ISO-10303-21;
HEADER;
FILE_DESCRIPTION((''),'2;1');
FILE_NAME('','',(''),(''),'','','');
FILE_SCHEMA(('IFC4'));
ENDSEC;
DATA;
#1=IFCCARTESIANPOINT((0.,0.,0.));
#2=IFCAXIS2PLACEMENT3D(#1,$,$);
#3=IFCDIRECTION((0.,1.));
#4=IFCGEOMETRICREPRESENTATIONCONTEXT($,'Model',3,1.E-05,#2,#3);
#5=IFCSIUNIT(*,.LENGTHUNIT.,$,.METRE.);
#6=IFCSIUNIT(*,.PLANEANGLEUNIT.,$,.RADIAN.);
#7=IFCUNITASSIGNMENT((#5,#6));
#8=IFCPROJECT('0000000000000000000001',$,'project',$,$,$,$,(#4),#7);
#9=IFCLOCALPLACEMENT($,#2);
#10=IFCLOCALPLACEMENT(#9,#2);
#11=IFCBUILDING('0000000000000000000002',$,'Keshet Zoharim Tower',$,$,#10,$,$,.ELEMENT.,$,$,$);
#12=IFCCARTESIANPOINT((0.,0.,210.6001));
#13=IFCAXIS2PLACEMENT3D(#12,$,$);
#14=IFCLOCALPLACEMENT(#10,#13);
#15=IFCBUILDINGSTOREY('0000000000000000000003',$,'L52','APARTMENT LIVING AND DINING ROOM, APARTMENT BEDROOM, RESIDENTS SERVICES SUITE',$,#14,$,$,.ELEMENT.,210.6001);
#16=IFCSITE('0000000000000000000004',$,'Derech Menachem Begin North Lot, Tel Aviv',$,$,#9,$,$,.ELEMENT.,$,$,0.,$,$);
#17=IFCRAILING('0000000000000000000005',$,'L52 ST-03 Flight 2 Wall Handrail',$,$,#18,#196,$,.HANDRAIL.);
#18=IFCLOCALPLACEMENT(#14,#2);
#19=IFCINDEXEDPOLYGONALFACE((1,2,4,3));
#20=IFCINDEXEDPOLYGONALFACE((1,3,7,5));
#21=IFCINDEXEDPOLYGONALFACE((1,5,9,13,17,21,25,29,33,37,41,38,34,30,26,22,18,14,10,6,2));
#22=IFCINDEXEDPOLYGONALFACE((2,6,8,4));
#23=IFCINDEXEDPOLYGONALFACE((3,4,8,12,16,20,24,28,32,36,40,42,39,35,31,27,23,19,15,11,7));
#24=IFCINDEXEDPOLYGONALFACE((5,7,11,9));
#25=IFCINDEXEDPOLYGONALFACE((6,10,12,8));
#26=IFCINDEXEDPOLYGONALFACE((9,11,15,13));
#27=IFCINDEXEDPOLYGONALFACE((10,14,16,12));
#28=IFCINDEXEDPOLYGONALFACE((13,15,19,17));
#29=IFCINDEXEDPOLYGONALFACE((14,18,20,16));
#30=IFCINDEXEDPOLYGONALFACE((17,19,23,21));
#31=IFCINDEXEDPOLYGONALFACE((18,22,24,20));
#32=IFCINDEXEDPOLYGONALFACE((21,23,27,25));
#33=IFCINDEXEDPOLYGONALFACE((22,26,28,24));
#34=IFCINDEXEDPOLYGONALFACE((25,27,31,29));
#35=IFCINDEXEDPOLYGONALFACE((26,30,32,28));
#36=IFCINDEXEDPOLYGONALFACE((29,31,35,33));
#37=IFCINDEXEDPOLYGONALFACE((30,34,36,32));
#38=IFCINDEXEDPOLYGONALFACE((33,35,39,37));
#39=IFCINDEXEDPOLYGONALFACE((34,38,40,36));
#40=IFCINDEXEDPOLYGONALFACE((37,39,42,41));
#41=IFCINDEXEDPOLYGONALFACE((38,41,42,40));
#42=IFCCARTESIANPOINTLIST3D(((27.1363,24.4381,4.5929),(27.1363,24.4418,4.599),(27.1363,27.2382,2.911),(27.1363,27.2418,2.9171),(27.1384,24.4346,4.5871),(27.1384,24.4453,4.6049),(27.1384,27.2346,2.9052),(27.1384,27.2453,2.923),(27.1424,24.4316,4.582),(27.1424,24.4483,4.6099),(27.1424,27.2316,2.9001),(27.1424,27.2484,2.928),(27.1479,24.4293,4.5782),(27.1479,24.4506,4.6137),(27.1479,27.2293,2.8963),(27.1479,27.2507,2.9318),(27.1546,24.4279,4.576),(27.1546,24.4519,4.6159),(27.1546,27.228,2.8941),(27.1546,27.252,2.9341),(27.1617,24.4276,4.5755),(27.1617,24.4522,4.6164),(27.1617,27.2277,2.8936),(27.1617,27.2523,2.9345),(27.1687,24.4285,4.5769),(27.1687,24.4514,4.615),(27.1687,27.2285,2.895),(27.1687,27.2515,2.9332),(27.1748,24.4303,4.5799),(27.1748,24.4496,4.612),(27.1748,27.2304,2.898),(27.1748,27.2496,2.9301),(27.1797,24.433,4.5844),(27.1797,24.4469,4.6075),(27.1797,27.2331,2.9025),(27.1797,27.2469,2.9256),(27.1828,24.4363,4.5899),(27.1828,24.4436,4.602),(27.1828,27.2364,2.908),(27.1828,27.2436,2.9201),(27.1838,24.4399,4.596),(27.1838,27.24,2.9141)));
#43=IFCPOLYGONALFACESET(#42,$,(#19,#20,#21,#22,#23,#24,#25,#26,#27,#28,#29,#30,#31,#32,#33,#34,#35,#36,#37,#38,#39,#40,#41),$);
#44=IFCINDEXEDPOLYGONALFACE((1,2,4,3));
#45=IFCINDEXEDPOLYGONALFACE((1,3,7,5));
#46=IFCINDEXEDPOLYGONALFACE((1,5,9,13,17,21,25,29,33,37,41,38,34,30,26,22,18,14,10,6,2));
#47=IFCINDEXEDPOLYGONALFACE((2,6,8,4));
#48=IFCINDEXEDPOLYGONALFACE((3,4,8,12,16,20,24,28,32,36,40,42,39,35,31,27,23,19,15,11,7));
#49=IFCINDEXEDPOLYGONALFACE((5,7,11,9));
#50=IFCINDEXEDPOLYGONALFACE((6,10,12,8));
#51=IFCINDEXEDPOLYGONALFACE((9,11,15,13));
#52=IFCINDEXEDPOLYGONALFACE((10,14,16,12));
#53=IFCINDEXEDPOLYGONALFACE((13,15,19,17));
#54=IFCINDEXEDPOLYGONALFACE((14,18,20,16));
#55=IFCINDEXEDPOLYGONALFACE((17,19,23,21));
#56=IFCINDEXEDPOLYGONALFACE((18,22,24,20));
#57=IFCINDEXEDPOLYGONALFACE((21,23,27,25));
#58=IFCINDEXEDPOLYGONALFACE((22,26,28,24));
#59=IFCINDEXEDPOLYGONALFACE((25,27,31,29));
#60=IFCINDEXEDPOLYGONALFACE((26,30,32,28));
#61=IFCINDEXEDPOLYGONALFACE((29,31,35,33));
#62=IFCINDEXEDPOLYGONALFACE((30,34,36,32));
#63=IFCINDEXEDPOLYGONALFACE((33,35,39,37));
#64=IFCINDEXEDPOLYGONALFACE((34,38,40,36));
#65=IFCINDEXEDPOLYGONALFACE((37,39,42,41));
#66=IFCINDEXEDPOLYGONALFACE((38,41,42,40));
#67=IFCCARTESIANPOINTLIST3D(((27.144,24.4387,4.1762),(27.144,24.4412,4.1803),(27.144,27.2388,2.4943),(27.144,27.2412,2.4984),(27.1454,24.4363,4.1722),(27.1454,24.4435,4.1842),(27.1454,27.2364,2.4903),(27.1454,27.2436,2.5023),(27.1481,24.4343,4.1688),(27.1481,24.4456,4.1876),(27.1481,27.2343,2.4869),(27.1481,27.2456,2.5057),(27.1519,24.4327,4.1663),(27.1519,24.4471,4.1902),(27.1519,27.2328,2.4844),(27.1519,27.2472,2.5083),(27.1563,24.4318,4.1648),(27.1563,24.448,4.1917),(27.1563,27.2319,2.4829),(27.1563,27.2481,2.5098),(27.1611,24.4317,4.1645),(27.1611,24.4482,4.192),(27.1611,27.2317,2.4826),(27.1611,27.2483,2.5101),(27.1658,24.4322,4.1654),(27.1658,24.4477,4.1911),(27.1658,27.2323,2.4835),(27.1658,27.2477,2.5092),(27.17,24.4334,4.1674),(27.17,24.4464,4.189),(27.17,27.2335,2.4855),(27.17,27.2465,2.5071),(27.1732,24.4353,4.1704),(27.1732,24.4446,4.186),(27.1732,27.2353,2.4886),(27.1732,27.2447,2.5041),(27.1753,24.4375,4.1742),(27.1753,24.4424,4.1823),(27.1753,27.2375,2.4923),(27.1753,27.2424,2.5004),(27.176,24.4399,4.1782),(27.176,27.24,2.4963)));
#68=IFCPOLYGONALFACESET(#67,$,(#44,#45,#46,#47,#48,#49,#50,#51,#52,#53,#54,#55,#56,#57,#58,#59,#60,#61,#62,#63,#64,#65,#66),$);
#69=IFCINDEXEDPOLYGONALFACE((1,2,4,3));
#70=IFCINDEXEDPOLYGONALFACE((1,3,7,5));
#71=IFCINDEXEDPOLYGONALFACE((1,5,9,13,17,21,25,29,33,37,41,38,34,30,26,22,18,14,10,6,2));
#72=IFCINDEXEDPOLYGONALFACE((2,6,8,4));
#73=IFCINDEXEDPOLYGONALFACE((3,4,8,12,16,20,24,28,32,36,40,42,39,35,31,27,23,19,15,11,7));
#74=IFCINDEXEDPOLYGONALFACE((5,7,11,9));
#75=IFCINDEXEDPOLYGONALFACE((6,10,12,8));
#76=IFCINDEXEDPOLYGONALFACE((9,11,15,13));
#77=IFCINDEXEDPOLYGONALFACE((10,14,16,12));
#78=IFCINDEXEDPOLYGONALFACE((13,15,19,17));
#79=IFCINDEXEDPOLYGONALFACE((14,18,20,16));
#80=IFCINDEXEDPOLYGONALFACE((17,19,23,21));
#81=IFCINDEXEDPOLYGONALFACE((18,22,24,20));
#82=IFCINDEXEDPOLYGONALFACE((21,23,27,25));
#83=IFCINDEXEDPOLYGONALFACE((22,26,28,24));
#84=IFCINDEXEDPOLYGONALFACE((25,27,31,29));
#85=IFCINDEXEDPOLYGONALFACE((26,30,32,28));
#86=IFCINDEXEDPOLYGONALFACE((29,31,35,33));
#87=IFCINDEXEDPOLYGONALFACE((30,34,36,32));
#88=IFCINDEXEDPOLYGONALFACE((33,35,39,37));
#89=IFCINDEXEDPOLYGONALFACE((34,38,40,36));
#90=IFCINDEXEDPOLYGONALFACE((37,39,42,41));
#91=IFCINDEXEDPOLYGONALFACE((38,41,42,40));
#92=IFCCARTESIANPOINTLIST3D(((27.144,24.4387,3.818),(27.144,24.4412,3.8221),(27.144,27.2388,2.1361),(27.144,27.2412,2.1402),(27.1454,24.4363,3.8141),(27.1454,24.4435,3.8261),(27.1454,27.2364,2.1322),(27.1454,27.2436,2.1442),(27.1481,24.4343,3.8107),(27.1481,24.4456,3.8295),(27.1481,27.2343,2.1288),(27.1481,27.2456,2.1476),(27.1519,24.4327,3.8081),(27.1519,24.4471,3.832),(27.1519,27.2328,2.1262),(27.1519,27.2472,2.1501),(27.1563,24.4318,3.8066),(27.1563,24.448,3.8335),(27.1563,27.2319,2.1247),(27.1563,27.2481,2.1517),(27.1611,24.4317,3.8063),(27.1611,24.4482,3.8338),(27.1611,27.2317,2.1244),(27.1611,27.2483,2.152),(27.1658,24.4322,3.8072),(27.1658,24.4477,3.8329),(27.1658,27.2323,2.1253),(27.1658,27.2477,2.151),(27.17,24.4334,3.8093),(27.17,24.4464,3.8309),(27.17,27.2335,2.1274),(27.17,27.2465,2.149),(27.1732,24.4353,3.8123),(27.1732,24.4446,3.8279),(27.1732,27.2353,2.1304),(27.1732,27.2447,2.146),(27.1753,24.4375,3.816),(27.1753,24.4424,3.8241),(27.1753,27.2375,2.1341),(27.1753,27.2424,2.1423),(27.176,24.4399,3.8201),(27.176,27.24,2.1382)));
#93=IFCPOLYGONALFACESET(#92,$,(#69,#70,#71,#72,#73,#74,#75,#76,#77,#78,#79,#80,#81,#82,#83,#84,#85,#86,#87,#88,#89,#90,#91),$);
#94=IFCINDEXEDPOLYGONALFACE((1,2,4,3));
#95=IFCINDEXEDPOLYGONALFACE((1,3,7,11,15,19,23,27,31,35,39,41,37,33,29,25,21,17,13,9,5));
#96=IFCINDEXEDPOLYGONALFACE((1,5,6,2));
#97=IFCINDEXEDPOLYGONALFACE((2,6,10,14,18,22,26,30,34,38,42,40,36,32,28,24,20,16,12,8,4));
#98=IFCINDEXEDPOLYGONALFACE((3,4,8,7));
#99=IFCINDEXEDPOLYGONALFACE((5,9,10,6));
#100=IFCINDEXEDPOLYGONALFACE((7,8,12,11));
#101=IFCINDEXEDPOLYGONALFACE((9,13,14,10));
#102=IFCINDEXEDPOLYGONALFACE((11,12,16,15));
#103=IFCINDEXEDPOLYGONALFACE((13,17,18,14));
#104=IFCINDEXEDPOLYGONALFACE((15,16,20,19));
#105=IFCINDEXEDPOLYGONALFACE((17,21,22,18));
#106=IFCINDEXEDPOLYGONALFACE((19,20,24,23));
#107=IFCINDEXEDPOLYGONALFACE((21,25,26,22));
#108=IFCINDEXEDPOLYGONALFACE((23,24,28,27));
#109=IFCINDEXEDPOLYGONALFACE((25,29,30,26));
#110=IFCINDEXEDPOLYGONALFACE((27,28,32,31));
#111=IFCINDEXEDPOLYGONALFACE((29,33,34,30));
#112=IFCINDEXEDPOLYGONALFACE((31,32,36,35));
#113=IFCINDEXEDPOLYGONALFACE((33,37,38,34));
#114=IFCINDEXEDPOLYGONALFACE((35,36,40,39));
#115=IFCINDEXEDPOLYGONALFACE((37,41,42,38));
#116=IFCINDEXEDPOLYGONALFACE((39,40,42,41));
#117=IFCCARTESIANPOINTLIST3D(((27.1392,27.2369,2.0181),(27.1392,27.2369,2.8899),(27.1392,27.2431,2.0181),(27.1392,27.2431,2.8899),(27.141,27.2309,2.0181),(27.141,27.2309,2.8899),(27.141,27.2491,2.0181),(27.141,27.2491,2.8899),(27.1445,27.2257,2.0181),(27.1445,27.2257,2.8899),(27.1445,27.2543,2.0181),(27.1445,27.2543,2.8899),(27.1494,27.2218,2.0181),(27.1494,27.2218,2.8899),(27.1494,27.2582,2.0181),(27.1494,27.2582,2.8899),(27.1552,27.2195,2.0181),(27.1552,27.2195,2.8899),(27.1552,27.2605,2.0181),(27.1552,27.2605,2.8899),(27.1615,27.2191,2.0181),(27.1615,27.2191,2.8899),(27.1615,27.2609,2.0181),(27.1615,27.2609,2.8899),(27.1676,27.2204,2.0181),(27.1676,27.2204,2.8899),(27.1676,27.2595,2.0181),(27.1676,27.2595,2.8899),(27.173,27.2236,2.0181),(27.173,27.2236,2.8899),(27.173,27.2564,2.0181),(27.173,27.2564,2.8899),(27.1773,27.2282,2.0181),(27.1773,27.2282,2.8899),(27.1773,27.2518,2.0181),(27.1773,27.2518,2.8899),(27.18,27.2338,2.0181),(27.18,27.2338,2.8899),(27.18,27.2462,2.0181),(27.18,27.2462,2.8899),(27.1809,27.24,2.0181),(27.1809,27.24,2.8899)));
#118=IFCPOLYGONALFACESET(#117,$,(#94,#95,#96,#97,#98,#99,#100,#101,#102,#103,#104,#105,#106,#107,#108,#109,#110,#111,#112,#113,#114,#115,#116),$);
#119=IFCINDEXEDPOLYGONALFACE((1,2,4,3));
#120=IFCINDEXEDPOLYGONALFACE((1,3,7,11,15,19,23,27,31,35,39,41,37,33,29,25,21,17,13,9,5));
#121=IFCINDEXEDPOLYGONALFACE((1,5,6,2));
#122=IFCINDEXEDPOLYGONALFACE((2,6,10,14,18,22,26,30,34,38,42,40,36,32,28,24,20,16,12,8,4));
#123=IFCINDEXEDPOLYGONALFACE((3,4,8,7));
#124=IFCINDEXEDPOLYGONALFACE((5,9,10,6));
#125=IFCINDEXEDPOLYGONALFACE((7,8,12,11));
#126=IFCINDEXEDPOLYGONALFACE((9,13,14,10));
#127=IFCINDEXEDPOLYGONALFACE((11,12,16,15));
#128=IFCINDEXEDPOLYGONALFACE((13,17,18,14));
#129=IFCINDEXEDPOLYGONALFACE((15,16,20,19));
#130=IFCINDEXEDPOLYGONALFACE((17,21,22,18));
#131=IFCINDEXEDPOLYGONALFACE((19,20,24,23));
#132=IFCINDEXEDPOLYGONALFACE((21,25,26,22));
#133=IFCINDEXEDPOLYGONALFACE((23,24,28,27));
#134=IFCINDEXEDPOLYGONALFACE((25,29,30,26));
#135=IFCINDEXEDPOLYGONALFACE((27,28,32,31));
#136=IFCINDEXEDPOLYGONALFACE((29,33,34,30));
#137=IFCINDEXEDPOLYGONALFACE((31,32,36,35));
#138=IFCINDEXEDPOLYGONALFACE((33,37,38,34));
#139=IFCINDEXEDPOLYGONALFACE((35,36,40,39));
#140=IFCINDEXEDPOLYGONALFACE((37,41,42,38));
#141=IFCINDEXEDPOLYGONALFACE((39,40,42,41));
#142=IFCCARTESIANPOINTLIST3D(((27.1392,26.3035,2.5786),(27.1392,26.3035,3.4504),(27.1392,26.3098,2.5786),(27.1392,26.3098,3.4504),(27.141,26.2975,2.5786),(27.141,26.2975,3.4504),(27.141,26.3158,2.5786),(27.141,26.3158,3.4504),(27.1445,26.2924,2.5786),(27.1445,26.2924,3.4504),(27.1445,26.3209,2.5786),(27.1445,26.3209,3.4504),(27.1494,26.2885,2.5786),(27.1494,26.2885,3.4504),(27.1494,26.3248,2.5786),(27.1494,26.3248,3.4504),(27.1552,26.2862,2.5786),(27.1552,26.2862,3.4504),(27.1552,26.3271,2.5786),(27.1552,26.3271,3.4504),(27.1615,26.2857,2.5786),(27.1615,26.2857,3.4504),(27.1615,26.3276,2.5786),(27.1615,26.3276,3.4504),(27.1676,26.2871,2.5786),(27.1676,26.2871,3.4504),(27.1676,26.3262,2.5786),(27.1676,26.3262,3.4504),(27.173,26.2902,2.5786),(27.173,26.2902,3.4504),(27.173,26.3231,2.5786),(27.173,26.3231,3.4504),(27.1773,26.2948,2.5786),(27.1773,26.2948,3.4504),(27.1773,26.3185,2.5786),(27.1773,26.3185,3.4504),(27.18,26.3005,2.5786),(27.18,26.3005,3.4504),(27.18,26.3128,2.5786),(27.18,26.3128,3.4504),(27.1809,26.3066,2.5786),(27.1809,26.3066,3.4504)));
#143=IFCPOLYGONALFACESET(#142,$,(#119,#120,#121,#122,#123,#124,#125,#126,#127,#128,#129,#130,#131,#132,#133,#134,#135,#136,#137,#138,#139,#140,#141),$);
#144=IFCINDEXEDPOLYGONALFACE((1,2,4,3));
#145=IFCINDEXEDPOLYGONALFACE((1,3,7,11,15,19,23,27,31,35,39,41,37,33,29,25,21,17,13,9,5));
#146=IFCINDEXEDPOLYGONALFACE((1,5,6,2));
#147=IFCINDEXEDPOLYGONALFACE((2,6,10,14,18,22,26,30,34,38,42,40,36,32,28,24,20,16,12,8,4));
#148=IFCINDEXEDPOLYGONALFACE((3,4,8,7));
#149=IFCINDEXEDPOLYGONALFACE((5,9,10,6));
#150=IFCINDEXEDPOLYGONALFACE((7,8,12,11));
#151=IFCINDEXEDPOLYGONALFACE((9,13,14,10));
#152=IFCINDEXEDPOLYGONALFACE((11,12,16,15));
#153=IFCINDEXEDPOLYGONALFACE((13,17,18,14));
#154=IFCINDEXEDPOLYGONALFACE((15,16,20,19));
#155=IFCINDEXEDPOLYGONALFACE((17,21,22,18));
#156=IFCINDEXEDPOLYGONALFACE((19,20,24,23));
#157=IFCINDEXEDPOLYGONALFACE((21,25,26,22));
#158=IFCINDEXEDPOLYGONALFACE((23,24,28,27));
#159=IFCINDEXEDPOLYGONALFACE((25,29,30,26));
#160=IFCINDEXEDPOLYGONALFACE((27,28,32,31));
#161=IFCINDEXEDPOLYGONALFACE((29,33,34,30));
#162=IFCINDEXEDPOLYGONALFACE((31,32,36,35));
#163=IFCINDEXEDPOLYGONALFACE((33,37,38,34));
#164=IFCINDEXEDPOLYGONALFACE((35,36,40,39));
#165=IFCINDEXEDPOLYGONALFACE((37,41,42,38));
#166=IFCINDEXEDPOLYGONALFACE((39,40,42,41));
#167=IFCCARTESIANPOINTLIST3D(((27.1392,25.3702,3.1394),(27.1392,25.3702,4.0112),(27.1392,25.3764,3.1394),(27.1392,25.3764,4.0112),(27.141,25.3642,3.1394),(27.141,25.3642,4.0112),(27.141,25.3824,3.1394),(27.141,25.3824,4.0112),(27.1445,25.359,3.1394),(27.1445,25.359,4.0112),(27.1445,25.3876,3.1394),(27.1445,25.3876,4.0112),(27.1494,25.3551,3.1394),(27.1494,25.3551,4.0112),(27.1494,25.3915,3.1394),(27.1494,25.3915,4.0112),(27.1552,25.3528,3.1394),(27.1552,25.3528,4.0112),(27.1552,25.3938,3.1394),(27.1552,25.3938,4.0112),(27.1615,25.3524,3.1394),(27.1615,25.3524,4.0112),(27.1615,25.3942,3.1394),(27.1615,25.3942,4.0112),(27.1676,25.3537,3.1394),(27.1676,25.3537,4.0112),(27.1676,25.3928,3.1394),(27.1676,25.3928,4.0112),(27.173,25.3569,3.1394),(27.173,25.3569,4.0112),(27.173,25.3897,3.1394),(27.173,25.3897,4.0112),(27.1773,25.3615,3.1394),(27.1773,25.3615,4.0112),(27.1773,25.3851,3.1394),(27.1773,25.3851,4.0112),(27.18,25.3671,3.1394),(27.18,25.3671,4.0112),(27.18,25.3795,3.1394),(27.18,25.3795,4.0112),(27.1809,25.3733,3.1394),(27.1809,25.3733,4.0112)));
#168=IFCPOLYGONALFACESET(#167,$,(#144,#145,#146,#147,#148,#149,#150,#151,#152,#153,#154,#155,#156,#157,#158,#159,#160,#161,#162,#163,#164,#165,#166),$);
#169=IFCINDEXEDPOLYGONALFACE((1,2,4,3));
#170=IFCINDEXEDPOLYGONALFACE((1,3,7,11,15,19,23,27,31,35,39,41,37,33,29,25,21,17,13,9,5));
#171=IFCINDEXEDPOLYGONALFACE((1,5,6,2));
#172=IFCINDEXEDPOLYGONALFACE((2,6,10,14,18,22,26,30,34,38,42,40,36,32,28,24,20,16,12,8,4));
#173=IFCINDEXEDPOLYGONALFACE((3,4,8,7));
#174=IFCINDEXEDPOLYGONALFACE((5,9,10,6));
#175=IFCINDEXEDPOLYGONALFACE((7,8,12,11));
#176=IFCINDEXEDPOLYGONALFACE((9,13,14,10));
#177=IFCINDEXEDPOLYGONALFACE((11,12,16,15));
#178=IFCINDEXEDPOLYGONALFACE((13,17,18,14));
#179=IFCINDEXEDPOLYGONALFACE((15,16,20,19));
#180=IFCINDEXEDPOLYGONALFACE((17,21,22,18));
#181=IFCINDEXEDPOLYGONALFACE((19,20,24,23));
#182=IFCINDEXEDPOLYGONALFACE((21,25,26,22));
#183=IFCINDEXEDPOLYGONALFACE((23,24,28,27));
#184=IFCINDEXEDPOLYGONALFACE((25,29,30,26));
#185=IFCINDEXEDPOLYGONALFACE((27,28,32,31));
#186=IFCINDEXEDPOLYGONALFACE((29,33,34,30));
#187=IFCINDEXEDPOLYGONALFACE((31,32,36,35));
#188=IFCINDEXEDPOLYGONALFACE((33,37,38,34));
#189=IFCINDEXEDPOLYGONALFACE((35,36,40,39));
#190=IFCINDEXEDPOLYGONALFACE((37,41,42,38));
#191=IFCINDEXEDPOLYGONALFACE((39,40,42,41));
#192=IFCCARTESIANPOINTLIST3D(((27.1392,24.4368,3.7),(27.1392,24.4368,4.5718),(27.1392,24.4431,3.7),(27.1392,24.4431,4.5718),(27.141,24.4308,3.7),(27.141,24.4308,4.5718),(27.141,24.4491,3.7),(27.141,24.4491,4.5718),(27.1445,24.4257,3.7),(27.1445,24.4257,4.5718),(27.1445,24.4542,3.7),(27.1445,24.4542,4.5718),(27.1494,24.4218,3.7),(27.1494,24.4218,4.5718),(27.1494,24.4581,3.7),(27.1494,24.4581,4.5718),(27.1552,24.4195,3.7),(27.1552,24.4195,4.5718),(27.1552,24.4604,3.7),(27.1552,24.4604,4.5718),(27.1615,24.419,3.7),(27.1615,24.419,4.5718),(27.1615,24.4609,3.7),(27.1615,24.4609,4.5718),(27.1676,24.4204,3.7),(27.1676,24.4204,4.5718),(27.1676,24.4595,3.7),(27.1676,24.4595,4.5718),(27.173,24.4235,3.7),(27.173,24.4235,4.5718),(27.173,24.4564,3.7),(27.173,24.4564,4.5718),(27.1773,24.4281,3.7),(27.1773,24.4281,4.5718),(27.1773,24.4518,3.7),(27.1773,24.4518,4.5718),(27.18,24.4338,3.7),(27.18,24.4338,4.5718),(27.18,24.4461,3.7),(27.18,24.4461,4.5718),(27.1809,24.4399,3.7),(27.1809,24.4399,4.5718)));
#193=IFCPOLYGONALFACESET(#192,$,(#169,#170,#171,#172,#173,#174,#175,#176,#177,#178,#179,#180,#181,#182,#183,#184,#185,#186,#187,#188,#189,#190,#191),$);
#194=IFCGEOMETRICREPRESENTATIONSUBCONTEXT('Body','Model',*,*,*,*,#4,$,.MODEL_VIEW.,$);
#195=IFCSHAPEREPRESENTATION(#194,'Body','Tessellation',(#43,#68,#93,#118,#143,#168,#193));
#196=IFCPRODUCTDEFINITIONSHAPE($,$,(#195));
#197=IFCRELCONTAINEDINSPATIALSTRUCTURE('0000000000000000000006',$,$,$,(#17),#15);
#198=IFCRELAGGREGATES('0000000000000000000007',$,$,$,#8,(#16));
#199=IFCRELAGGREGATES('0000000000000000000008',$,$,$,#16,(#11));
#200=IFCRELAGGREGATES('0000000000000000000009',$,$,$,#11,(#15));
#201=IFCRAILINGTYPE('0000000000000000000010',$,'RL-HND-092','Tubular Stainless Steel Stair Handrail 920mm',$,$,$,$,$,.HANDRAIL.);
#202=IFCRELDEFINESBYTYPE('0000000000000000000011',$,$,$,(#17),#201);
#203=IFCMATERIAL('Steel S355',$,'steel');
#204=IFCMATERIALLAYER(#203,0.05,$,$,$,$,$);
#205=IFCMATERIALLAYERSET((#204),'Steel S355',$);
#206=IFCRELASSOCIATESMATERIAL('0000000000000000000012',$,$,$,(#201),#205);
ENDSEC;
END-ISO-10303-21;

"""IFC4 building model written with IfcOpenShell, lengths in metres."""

from ifc_helpers import new_model, si_unit, direction, frame, origin, origin_2d, place, context, subcontext, project, spatial, circle, extrude, material, layer, layer_set, type_object, element, save


model = new_model("IFC4")

# Units and contexts
model_context = context("Model", 3, precision=1e-05, world=origin(), true_north=direction((0.0, 1.0)))
body_context = subcontext(model_context, "Body", "Model", "MODEL_VIEW")
ifc_project = project(units=[si_unit("LENGTHUNIT", "METRE"), si_unit("PLANEANGLEUNIT", "RADIAN")], contexts=[model_context])

# Site, building, storey
site_placement = place(None, origin())
site = spatial("IfcSite", under=ifc_project, at=site_placement, Name="Derech Menachem Begin North Lot, Tel Aviv", CompositionType="ELEMENT", RefElevation=0.0)
building_placement = place(site_placement, origin())
building = spatial("IfcBuilding", under=site, at=building_placement, Name="Keshet Zoharim Tower", CompositionType="ELEMENT")
storey_placement = place(building_placement, frame((0.0, 0.0, 210.6001)))
storey = spatial("IfcBuildingStorey", under=building, at=storey_placement, Name="L52", Description="APARTMENT LIVING AND DINING ROOM, APARTMENT BEDROOM, RESIDENTS SERVICES SUITE", CompositionType="ELEMENT", Elevation=210.6001)

# Shared definitions
ifc_material_1 = material(Name="Steel S355", Category="steel")

# Railing
ifc_layer_1 = layer(ifc_material_1, 0.05)
ifc_layer_set_1 = layer_set([ifc_layer_1], Name="Steel S355")
railing_type_1 = type_object("IfcRailingType", Name="RL-HND-092", Description="Tubular Stainless Steel Stair Handrail 920mm", PredefinedType="HANDRAIL", material=ifc_layer_set_1)
for number, where, name in (
    (1, (27.1599, 27.24, 2.0181), "L52 ST-03 Flight 2 Wall Handrail"),
):
    element("IfcRailing", number, at=place(storey_placement, frame(where)), inside=storey, type_object=railing_type_1, Name=name, PredefinedType="HANDRAIL", context=body_context, shape_type="SweptSolid", body=[
        extrude(circle(Radius=0.0239, at=origin_2d()), frame((0.0, 0.0, 0.896), z_axis=(0.0, -0.857242, 0.514913), x_axis=(1.0, 0.0, 0.0)), (0.0, 0.0, 1.0), 3.2664),
        extrude(circle(Radius=0.0161, at=origin_2d()), frame((0.0, 0.0, 0.4783), z_axis=(0.0, -0.857242, 0.514913), x_axis=(1.0, 0.0, 0.0)), (0.0, 0.0, 1.0), 3.2664),
        extrude(circle(Radius=0.0161, at=origin_2d()), frame((0.0, 0.0, 0.1201), z_axis=(0.0, -0.857242, 0.514913), x_axis=(1.0, 0.0, 0.0)), (0.0, 0.0, 1.0), 3.2664),
        extrude(circle(Radius=0.021, at=origin_2d()), origin(), (0.0, 0.0, 1.0), 0.8718),
        extrude(circle(Radius=0.021, at=origin_2d()), frame((0.0, -0.9333, 0.5605)), (0.0, 0.0, 1.0), 0.8718),
        extrude(circle(Radius=0.021, at=origin_2d()), frame((0.0, -1.8667, 1.1213)), (0.0, 0.0, 1.0), 0.8718),
        extrude(circle(Radius=0.021, at=origin_2d()), frame((0.0, -2.8, 1.6819)), (0.0, 0.0, 1.0), 0.8718),
    ])

save(model, "model.ifc")
